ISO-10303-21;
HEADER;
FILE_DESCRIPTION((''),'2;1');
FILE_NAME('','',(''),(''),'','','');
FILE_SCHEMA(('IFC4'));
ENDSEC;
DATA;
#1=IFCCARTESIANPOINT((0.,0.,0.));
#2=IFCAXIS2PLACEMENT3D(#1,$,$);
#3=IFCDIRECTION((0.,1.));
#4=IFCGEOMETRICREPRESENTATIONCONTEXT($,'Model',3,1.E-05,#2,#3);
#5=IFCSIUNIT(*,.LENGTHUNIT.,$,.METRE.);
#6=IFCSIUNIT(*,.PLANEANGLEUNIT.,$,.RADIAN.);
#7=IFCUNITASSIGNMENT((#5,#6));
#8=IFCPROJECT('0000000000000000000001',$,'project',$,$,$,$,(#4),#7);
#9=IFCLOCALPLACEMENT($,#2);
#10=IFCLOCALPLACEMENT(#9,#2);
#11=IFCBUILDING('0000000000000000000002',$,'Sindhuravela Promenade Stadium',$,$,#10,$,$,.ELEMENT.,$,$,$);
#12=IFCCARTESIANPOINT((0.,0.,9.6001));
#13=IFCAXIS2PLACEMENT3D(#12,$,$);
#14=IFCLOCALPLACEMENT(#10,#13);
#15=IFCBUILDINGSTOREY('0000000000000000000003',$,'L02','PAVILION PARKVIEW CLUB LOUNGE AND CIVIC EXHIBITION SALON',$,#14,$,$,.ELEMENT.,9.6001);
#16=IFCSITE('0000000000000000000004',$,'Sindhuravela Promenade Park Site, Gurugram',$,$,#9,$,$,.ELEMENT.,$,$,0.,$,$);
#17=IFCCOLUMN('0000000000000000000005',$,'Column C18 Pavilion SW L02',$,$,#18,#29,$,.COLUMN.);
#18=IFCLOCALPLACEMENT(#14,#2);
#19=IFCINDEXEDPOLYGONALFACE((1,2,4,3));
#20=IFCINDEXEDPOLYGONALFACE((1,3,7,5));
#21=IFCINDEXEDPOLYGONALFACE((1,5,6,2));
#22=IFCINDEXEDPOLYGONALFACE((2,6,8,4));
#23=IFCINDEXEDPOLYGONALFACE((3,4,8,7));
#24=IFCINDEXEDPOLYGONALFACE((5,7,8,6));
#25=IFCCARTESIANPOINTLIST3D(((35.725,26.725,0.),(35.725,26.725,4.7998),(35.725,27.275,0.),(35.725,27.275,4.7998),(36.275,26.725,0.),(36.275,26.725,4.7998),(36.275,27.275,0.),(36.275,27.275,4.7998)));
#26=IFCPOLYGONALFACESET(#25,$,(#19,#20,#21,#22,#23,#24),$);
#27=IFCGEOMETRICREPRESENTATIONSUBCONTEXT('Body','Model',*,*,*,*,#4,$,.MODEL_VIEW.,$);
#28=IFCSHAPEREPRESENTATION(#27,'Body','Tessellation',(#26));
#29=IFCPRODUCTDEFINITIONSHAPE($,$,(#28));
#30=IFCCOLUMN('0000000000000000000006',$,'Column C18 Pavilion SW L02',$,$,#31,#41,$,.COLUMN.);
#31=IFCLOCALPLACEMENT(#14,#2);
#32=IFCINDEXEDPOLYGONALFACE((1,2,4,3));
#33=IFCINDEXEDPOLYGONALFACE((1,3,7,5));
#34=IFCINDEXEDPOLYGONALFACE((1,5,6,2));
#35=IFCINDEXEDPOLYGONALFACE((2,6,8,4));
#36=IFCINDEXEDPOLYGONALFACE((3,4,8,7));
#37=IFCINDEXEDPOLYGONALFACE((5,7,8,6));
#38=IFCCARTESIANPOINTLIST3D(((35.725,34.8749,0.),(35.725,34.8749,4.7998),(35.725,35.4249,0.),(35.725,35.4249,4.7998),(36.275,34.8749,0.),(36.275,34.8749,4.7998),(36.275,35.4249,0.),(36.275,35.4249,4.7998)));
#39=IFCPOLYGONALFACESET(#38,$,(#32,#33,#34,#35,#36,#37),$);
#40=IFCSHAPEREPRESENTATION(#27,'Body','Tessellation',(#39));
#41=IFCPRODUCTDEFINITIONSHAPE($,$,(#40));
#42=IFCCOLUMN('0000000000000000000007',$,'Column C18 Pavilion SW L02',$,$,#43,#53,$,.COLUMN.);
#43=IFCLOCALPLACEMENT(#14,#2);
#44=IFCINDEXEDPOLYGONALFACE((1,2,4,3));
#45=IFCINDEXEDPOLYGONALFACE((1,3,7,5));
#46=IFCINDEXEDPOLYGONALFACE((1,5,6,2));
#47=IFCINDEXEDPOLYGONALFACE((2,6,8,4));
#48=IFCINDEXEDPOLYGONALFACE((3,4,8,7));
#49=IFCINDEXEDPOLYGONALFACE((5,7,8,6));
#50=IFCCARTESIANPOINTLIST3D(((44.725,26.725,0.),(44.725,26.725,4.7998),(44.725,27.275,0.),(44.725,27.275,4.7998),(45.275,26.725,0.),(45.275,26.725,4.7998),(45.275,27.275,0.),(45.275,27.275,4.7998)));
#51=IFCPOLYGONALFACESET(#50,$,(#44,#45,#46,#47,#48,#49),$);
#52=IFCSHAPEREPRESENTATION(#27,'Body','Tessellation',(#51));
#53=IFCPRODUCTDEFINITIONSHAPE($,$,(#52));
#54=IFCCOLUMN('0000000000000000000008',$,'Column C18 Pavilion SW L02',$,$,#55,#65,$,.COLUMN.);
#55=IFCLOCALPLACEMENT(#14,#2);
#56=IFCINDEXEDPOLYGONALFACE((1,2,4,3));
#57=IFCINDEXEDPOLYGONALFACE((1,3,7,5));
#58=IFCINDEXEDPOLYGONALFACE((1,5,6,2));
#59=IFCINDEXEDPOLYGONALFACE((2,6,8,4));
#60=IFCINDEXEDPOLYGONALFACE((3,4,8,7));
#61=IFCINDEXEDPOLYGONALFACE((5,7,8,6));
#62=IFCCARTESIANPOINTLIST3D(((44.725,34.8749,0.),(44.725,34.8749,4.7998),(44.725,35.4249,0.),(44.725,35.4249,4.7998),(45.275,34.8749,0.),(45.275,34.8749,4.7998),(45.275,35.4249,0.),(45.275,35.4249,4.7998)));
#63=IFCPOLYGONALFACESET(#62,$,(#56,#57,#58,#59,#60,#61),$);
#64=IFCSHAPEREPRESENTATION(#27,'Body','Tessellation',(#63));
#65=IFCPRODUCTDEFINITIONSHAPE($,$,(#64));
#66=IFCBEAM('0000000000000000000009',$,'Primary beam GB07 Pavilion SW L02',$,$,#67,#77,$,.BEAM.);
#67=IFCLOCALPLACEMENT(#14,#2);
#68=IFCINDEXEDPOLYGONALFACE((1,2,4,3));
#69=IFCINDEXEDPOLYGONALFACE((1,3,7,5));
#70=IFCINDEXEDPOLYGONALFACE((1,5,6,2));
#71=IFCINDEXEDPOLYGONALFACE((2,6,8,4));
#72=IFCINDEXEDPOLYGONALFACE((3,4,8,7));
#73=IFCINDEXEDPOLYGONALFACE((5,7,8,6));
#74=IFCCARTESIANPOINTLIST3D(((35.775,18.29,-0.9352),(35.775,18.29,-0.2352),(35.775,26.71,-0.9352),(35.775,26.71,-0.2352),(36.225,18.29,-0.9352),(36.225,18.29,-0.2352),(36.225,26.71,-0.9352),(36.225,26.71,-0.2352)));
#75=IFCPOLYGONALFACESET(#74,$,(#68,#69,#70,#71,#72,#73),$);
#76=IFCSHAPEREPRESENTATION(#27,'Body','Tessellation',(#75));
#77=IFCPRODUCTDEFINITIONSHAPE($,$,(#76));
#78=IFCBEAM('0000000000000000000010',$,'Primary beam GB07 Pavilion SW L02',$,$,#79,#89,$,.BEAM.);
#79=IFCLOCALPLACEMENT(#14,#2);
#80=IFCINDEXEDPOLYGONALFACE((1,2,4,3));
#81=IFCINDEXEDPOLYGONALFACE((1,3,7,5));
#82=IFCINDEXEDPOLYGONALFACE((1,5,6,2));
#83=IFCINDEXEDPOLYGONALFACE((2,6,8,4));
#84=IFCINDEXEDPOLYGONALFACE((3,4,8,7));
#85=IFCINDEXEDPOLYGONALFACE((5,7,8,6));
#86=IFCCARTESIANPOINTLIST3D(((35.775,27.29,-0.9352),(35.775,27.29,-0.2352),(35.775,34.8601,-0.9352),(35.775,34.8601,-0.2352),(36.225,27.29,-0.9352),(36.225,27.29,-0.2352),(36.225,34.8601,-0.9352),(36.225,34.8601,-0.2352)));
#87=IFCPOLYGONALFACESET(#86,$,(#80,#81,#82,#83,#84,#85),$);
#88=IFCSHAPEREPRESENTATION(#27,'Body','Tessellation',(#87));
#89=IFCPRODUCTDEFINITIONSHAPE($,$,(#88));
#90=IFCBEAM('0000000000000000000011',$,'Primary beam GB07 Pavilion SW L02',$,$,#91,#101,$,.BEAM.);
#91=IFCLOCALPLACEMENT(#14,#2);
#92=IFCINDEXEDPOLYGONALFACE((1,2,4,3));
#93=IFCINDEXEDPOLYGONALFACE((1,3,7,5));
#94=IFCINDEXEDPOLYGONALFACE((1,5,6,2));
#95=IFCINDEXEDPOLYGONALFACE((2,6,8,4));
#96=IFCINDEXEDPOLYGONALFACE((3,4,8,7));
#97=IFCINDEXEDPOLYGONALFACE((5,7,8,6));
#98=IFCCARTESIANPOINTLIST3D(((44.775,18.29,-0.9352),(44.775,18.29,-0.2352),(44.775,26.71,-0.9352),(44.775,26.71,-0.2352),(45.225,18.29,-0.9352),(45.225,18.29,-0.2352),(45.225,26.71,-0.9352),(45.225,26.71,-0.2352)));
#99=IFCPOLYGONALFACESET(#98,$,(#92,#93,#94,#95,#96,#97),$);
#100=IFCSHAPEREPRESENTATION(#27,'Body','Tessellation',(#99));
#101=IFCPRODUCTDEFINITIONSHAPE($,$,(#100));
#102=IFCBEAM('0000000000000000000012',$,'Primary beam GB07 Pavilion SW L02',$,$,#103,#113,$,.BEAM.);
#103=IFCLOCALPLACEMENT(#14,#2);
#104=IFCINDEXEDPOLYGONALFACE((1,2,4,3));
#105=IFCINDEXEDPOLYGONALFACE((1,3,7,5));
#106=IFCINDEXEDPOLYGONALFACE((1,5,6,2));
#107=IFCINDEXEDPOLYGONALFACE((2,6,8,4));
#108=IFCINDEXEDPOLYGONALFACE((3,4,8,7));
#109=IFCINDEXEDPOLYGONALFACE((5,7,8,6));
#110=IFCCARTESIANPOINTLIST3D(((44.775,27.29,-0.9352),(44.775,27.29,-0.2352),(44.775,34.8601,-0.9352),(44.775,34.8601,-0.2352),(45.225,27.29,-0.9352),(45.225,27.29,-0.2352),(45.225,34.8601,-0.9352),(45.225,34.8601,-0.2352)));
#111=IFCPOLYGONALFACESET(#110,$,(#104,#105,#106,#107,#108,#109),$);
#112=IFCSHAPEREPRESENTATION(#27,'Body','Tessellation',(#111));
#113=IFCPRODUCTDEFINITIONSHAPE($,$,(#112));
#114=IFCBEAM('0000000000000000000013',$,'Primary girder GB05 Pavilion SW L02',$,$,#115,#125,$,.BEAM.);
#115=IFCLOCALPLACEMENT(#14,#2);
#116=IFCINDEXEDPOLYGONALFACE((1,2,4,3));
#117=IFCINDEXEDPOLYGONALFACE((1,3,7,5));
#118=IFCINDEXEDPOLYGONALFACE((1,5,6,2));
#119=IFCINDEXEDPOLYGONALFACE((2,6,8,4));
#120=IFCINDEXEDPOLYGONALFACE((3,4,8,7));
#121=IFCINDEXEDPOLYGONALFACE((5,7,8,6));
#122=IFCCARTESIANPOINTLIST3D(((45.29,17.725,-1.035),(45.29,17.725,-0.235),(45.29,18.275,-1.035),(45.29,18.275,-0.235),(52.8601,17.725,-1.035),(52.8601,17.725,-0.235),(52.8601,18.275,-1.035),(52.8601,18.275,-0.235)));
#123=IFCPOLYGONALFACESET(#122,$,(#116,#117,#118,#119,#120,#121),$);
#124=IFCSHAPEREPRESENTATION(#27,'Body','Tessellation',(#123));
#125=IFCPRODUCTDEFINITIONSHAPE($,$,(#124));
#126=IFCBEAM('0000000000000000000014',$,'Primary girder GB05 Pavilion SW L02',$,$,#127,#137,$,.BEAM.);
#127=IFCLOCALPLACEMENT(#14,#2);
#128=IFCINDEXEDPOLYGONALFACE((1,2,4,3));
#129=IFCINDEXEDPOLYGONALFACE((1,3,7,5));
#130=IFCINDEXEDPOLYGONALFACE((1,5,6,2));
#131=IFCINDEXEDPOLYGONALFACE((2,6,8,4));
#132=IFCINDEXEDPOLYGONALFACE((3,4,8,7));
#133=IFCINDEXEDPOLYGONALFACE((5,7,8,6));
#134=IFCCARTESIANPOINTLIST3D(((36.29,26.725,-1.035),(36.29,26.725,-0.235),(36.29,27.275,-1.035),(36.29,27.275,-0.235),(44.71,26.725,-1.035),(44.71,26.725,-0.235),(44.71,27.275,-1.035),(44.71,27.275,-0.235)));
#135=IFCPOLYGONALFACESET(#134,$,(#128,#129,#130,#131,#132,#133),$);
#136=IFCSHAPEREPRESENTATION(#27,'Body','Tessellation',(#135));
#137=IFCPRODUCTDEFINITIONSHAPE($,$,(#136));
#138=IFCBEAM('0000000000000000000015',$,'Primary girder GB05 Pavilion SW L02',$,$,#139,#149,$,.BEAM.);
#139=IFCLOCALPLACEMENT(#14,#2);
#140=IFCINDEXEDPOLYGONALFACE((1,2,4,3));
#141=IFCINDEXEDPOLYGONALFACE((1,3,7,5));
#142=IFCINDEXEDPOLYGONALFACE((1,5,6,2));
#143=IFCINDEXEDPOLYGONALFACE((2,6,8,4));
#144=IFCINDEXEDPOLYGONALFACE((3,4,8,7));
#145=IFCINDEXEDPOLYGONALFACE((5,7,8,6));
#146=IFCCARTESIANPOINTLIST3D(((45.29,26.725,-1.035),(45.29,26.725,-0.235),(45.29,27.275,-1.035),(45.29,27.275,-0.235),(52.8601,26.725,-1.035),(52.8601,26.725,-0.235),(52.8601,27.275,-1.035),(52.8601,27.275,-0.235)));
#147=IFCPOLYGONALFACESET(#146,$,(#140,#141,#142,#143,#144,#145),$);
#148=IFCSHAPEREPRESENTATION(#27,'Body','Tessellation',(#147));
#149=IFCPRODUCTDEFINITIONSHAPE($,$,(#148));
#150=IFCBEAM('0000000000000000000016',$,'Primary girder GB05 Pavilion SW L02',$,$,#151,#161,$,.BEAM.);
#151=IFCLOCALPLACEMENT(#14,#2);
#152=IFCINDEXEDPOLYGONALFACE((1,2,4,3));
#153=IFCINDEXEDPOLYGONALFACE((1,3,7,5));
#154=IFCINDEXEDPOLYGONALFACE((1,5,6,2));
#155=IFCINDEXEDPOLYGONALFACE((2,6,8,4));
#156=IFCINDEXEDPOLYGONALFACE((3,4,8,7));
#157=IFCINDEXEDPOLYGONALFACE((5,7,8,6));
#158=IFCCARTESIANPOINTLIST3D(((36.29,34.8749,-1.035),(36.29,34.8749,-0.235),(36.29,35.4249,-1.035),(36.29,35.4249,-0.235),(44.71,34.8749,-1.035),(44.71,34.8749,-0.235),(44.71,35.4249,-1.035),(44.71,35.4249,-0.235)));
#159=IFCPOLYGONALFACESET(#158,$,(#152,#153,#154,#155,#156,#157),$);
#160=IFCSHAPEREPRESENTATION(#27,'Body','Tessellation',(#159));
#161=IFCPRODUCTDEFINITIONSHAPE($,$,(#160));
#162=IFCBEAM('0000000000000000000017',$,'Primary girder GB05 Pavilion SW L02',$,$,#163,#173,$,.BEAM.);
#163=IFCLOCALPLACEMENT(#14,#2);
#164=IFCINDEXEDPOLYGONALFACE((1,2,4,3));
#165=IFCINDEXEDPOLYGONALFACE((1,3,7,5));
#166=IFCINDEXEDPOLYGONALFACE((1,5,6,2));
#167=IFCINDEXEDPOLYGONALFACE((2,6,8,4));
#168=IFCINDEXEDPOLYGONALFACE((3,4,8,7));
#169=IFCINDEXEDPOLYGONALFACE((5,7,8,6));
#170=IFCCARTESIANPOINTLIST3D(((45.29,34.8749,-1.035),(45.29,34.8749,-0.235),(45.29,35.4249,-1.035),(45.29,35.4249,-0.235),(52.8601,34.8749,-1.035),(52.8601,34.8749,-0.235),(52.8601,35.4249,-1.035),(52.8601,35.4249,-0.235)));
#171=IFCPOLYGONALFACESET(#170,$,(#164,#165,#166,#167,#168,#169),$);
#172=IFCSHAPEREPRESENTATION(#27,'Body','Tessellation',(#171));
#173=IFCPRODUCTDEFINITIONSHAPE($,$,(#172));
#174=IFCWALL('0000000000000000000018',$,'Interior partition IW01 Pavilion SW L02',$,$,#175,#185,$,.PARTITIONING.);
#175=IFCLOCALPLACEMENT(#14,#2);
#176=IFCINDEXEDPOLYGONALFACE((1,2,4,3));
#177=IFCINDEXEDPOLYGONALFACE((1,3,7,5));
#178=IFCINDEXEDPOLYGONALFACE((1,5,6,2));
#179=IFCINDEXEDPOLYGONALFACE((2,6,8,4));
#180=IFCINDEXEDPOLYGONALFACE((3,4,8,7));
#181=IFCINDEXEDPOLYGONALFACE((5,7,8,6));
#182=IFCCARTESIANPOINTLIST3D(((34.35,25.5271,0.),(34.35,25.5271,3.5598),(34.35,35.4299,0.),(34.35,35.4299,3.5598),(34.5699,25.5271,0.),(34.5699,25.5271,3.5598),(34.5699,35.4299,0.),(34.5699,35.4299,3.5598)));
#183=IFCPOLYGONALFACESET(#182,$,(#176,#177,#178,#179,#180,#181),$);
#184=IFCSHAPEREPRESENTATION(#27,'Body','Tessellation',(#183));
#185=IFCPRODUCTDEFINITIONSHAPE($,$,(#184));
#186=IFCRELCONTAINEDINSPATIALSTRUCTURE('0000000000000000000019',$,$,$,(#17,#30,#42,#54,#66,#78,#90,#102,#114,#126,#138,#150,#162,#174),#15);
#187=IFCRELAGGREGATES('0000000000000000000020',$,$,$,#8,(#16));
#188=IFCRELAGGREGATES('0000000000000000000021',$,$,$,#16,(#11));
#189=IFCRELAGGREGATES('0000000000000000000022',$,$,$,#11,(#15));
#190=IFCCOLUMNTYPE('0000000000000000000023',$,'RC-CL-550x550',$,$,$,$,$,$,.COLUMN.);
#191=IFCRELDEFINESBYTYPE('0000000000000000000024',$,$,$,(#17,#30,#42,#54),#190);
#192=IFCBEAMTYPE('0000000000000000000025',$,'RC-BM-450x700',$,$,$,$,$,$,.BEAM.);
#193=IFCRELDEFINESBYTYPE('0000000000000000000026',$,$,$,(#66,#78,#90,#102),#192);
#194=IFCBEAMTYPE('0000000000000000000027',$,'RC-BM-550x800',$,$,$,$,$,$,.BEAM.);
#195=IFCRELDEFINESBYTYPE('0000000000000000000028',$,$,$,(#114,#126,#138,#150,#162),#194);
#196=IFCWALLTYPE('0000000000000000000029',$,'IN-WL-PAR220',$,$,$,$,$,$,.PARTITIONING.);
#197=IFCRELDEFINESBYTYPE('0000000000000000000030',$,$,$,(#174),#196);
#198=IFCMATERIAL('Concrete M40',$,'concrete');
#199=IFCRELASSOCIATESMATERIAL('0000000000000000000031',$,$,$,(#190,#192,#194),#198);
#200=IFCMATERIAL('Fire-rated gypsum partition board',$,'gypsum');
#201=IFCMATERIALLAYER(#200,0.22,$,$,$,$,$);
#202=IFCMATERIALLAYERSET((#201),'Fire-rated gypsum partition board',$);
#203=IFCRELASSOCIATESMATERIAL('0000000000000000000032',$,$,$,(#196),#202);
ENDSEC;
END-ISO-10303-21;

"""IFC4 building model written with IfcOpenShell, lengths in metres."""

from ifc_helpers import new_model, si_unit, direction, frame, frame_2d, origin, origin_2d, place, context, subcontext, project, spatial, rectangle, extrude, material, layer, layer_set, material_profile, profile_set, type_object, element, save


model = new_model("IFC4")

# Units and contexts
model_context = context("Model", 3, precision=1e-05, world=origin(), true_north=direction((0.0, 1.0)))
body_context = subcontext(model_context, "Body", "Model", "MODEL_VIEW")
ifc_project = project(units=[si_unit("LENGTHUNIT", "METRE"), si_unit("PLANEANGLEUNIT", "RADIAN")], contexts=[model_context])

# Site, building, storey
site_placement = place(None, origin())
site = spatial("IfcSite", under=ifc_project, at=site_placement, Name="Sindhuravela Promenade Park Site, Gurugram", CompositionType="ELEMENT", RefElevation=0.0)
building_placement = place(site_placement, origin())
building = spatial("IfcBuilding", under=site, at=building_placement, Name="Sindhuravela Promenade Stadium", CompositionType="ELEMENT")
storey_placement = place(building_placement, frame((0.0, 0.0, 9.6001)))
storey = spatial("IfcBuildingStorey", under=building, at=storey_placement, Name="L02", Description="PAVILION PARKVIEW CLUB LOUNGE AND CIVIC EXHIBITION SALON", CompositionType="ELEMENT", Elevation=9.6001)

# Columns
ifc_material_1 = material(Name="Concrete M40", Category="concrete")
ifc_material_profile_1 = material_profile(ifc_material_1, rectangle(XDim=0.55, YDim=0.55, at=origin_2d()), Name="RC 550x550")
ifc_profile_set_1 = profile_set([ifc_material_profile_1], Name="Concrete M40")
column_type = type_object("IfcColumnType", Name="RC-CL-550x550", PredefinedType="COLUMN", material=ifc_profile_set_1)
for number, where, z_axis, x_axis, name in (
    (1, (36.0, 27.0, 0.0), (0.0, 0.0, 1.0), (1.0, 0.0, 0.0), "Column C18 Pavilion SW L02"),
    (2, (36.0, 35.1499, 0.0), (0.0, 0.0, 1.0), (1.0, 0.0, 0.0), "Column C18 Pavilion SW L02"),
    (3, (45.0, 27.0, 0.0), (0.0, 0.0, 1.0), (1.0, 0.0, 0.0), "Column C18 Pavilion SW L02"),
    (4, (45.0, 35.1499, 0.0), (0.0, 0.0, 1.0), (1.0, 0.0, 0.0), "Column C18 Pavilion SW L02"),
):
    element("IfcColumn", number, at=place(storey_placement, frame(where, z_axis=z_axis, x_axis=x_axis)), inside=storey, type_object=column_type, Name=name, PredefinedType="COLUMN", context=body_context, shape_type="SweptSolid", body=[
        extrude(rectangle(XDim=0.55, YDim=0.55, at=origin_2d()), origin(), (0.0, 0.0, 1.0), 4.7998),
    ])

# Beams
ifc_material_profile_2 = material_profile(ifc_material_1, rectangle(XDim=0.45, YDim=0.7, at=origin_2d()), Name="RC 450x700")
ifc_profile_set_2 = profile_set([ifc_material_profile_2], Name="Concrete M40")
beam_type_1 = type_object("IfcBeamType", Name="RC-BM-450x700", PredefinedType="BEAM", material=ifc_profile_set_2)
beam_1_placement = place(storey_placement, frame((36.0, 18.29, -0.5852), z_axis=(0.0, 1.0, 0.0), x_axis=(-1.0, 0.0, 0.0)))
element("IfcBeam", 5, at=beam_1_placement, inside=storey, type_object=beam_type_1, Name="Primary beam GB07 Pavilion SW L02", PredefinedType="BEAM", context=body_context, shape_type="SweptSolid", body=[
    extrude(rectangle(XDim=0.45, YDim=0.7, at=origin_2d()), origin(), (0.0, 0.0, 1.0), 8.4199),
])
beam_2_placement = place(storey_placement, frame((36.0, 27.29, -0.5852), z_axis=(0.0, 1.0, 0.0), x_axis=(-1.0, 0.0, 0.0)))
element("IfcBeam", 6, at=beam_2_placement, inside=storey, type_object=beam_type_1, Name="Primary beam GB07 Pavilion SW L02", PredefinedType="BEAM", context=body_context, shape_type="SweptSolid", body=[
    extrude(rectangle(XDim=0.45, YDim=0.7, at=origin_2d()), origin(), (0.0, 0.0, 1.0), 7.5701),
])
beam_3_placement = place(storey_placement, frame((45.0, 18.29, -0.5852), z_axis=(0.0, 1.0, 0.0), x_axis=(-1.0, 0.0, 0.0)))
element("IfcBeam", 7, at=beam_3_placement, inside=storey, type_object=beam_type_1, Name="Primary beam GB07 Pavilion SW L02", PredefinedType="BEAM", context=body_context, shape_type="SweptSolid", body=[
    extrude(rectangle(XDim=0.45, YDim=0.7, at=origin_2d()), origin(), (0.0, 0.0, 1.0), 8.4199),
])
beam_4_placement = place(storey_placement, frame((45.0, 27.29, -0.5852), z_axis=(0.0, 1.0, 0.0), x_axis=(-1.0, 0.0, 0.0)))
element("IfcBeam", 8, at=beam_4_placement, inside=storey, type_object=beam_type_1, Name="Primary beam GB07 Pavilion SW L02", PredefinedType="BEAM", context=body_context, shape_type="SweptSolid", body=[
    extrude(rectangle(XDim=0.45, YDim=0.7, at=origin_2d()), origin(), (0.0, 0.0, 1.0), 7.5701),
])
ifc_material_profile_3 = material_profile(ifc_material_1, rectangle(XDim=0.55, YDim=0.8, at=origin_2d()), Name="RC 550x800")
ifc_profile_set_3 = profile_set([ifc_material_profile_3], Name="Concrete M40")
beam_type_2 = type_object("IfcBeamType", Name="RC-BM-550x800", PredefinedType="BEAM", material=ifc_profile_set_3)
beam_5_placement = place(storey_placement, frame((45.29, 18.0, -0.635), z_axis=(1.0, 0.0, 0.0), x_axis=(0.0, 1.0, 0.0)))
element("IfcBeam", 9, at=beam_5_placement, inside=storey, type_object=beam_type_2, Name="Primary girder GB05 Pavilion SW L02", PredefinedType="BEAM", context=body_context, shape_type="SweptSolid", body=[
    extrude(rectangle(XDim=0.55, YDim=0.8, at=origin_2d()), origin(), (0.0, 0.0, 1.0), 7.5701),
])
beam_6_placement = place(storey_placement, frame((36.29, 27.0, -0.635), z_axis=(1.0, 0.0, 0.0), x_axis=(0.0, 1.0, 0.0)))
element("IfcBeam", 10, at=beam_6_placement, inside=storey, type_object=beam_type_2, Name="Primary girder GB05 Pavilion SW L02", PredefinedType="BEAM", context=body_context, shape_type="SweptSolid", body=[
    extrude(rectangle(XDim=0.55, YDim=0.8, at=origin_2d()), origin(), (0.0, 0.0, 1.0), 8.4199),
])
beam_7_placement = place(storey_placement, frame((45.29, 27.0, -0.635), z_axis=(1.0, 0.0, 0.0), x_axis=(0.0, 1.0, 0.0)))
element("IfcBeam", 11, at=beam_7_placement, inside=storey, type_object=beam_type_2, Name="Primary girder GB05 Pavilion SW L02", PredefinedType="BEAM", context=body_context, shape_type="SweptSolid", body=[
    extrude(rectangle(XDim=0.55, YDim=0.8, at=origin_2d()), origin(), (0.0, 0.0, 1.0), 7.5701),
])
beam_8_placement = place(storey_placement, frame((36.29, 35.1499, -0.635), z_axis=(1.0, 0.0, 0.0), x_axis=(0.0, 1.0, 0.0)))
element("IfcBeam", 12, at=beam_8_placement, inside=storey, type_object=beam_type_2, Name="Primary girder GB05 Pavilion SW L02", PredefinedType="BEAM", context=body_context, shape_type="SweptSolid", body=[
    extrude(rectangle(XDim=0.55, YDim=0.8, at=origin_2d()), origin(), (0.0, 0.0, 1.0), 8.4199),
])
beam_9_placement = place(storey_placement, frame((45.29, 35.1499, -0.635), z_axis=(1.0, 0.0, 0.0), x_axis=(0.0, 1.0, 0.0)))
element("IfcBeam", 13, at=beam_9_placement, inside=storey, type_object=beam_type_2, Name="Primary girder GB05 Pavilion SW L02", PredefinedType="BEAM", context=body_context, shape_type="SweptSolid", body=[
    extrude(rectangle(XDim=0.55, YDim=0.8, at=origin_2d()), origin(), (0.0, 0.0, 1.0), 7.5701),
])

# Wall
ifc_material_2 = material(Name="Fire-rated gypsum partition board", Category="gypsum")
ifc_layer_1 = layer(ifc_material_2, 0.22)
ifc_layer_set_1 = layer_set([ifc_layer_1], Name="Fire-rated gypsum partition board")
wall_type_1 = type_object("IfcWallType", Name="IN-WL-PAR220", PredefinedType="PARTITIONING", material=ifc_layer_set_1)
wall_1_placement = place(storey_placement, frame((34.46, 25.5271, 0.0), z_axis=(0.0, 0.0, 1.0), x_axis=(0.0, 1.0, 0.0)))
element("IfcWall", 14, at=wall_1_placement, inside=storey, type_object=wall_type_1, Name="Interior partition IW01 Pavilion SW L02", PredefinedType="PARTITIONING", context=body_context, shape_type="SweptSolid", body=[
    extrude(rectangle(XDim=9.9028, YDim=0.22, at=frame_2d((4.9514, 0.0))), origin(), (0.0, 0.0, 1.0), 3.5598),
])

save(model, "model.ifc")
